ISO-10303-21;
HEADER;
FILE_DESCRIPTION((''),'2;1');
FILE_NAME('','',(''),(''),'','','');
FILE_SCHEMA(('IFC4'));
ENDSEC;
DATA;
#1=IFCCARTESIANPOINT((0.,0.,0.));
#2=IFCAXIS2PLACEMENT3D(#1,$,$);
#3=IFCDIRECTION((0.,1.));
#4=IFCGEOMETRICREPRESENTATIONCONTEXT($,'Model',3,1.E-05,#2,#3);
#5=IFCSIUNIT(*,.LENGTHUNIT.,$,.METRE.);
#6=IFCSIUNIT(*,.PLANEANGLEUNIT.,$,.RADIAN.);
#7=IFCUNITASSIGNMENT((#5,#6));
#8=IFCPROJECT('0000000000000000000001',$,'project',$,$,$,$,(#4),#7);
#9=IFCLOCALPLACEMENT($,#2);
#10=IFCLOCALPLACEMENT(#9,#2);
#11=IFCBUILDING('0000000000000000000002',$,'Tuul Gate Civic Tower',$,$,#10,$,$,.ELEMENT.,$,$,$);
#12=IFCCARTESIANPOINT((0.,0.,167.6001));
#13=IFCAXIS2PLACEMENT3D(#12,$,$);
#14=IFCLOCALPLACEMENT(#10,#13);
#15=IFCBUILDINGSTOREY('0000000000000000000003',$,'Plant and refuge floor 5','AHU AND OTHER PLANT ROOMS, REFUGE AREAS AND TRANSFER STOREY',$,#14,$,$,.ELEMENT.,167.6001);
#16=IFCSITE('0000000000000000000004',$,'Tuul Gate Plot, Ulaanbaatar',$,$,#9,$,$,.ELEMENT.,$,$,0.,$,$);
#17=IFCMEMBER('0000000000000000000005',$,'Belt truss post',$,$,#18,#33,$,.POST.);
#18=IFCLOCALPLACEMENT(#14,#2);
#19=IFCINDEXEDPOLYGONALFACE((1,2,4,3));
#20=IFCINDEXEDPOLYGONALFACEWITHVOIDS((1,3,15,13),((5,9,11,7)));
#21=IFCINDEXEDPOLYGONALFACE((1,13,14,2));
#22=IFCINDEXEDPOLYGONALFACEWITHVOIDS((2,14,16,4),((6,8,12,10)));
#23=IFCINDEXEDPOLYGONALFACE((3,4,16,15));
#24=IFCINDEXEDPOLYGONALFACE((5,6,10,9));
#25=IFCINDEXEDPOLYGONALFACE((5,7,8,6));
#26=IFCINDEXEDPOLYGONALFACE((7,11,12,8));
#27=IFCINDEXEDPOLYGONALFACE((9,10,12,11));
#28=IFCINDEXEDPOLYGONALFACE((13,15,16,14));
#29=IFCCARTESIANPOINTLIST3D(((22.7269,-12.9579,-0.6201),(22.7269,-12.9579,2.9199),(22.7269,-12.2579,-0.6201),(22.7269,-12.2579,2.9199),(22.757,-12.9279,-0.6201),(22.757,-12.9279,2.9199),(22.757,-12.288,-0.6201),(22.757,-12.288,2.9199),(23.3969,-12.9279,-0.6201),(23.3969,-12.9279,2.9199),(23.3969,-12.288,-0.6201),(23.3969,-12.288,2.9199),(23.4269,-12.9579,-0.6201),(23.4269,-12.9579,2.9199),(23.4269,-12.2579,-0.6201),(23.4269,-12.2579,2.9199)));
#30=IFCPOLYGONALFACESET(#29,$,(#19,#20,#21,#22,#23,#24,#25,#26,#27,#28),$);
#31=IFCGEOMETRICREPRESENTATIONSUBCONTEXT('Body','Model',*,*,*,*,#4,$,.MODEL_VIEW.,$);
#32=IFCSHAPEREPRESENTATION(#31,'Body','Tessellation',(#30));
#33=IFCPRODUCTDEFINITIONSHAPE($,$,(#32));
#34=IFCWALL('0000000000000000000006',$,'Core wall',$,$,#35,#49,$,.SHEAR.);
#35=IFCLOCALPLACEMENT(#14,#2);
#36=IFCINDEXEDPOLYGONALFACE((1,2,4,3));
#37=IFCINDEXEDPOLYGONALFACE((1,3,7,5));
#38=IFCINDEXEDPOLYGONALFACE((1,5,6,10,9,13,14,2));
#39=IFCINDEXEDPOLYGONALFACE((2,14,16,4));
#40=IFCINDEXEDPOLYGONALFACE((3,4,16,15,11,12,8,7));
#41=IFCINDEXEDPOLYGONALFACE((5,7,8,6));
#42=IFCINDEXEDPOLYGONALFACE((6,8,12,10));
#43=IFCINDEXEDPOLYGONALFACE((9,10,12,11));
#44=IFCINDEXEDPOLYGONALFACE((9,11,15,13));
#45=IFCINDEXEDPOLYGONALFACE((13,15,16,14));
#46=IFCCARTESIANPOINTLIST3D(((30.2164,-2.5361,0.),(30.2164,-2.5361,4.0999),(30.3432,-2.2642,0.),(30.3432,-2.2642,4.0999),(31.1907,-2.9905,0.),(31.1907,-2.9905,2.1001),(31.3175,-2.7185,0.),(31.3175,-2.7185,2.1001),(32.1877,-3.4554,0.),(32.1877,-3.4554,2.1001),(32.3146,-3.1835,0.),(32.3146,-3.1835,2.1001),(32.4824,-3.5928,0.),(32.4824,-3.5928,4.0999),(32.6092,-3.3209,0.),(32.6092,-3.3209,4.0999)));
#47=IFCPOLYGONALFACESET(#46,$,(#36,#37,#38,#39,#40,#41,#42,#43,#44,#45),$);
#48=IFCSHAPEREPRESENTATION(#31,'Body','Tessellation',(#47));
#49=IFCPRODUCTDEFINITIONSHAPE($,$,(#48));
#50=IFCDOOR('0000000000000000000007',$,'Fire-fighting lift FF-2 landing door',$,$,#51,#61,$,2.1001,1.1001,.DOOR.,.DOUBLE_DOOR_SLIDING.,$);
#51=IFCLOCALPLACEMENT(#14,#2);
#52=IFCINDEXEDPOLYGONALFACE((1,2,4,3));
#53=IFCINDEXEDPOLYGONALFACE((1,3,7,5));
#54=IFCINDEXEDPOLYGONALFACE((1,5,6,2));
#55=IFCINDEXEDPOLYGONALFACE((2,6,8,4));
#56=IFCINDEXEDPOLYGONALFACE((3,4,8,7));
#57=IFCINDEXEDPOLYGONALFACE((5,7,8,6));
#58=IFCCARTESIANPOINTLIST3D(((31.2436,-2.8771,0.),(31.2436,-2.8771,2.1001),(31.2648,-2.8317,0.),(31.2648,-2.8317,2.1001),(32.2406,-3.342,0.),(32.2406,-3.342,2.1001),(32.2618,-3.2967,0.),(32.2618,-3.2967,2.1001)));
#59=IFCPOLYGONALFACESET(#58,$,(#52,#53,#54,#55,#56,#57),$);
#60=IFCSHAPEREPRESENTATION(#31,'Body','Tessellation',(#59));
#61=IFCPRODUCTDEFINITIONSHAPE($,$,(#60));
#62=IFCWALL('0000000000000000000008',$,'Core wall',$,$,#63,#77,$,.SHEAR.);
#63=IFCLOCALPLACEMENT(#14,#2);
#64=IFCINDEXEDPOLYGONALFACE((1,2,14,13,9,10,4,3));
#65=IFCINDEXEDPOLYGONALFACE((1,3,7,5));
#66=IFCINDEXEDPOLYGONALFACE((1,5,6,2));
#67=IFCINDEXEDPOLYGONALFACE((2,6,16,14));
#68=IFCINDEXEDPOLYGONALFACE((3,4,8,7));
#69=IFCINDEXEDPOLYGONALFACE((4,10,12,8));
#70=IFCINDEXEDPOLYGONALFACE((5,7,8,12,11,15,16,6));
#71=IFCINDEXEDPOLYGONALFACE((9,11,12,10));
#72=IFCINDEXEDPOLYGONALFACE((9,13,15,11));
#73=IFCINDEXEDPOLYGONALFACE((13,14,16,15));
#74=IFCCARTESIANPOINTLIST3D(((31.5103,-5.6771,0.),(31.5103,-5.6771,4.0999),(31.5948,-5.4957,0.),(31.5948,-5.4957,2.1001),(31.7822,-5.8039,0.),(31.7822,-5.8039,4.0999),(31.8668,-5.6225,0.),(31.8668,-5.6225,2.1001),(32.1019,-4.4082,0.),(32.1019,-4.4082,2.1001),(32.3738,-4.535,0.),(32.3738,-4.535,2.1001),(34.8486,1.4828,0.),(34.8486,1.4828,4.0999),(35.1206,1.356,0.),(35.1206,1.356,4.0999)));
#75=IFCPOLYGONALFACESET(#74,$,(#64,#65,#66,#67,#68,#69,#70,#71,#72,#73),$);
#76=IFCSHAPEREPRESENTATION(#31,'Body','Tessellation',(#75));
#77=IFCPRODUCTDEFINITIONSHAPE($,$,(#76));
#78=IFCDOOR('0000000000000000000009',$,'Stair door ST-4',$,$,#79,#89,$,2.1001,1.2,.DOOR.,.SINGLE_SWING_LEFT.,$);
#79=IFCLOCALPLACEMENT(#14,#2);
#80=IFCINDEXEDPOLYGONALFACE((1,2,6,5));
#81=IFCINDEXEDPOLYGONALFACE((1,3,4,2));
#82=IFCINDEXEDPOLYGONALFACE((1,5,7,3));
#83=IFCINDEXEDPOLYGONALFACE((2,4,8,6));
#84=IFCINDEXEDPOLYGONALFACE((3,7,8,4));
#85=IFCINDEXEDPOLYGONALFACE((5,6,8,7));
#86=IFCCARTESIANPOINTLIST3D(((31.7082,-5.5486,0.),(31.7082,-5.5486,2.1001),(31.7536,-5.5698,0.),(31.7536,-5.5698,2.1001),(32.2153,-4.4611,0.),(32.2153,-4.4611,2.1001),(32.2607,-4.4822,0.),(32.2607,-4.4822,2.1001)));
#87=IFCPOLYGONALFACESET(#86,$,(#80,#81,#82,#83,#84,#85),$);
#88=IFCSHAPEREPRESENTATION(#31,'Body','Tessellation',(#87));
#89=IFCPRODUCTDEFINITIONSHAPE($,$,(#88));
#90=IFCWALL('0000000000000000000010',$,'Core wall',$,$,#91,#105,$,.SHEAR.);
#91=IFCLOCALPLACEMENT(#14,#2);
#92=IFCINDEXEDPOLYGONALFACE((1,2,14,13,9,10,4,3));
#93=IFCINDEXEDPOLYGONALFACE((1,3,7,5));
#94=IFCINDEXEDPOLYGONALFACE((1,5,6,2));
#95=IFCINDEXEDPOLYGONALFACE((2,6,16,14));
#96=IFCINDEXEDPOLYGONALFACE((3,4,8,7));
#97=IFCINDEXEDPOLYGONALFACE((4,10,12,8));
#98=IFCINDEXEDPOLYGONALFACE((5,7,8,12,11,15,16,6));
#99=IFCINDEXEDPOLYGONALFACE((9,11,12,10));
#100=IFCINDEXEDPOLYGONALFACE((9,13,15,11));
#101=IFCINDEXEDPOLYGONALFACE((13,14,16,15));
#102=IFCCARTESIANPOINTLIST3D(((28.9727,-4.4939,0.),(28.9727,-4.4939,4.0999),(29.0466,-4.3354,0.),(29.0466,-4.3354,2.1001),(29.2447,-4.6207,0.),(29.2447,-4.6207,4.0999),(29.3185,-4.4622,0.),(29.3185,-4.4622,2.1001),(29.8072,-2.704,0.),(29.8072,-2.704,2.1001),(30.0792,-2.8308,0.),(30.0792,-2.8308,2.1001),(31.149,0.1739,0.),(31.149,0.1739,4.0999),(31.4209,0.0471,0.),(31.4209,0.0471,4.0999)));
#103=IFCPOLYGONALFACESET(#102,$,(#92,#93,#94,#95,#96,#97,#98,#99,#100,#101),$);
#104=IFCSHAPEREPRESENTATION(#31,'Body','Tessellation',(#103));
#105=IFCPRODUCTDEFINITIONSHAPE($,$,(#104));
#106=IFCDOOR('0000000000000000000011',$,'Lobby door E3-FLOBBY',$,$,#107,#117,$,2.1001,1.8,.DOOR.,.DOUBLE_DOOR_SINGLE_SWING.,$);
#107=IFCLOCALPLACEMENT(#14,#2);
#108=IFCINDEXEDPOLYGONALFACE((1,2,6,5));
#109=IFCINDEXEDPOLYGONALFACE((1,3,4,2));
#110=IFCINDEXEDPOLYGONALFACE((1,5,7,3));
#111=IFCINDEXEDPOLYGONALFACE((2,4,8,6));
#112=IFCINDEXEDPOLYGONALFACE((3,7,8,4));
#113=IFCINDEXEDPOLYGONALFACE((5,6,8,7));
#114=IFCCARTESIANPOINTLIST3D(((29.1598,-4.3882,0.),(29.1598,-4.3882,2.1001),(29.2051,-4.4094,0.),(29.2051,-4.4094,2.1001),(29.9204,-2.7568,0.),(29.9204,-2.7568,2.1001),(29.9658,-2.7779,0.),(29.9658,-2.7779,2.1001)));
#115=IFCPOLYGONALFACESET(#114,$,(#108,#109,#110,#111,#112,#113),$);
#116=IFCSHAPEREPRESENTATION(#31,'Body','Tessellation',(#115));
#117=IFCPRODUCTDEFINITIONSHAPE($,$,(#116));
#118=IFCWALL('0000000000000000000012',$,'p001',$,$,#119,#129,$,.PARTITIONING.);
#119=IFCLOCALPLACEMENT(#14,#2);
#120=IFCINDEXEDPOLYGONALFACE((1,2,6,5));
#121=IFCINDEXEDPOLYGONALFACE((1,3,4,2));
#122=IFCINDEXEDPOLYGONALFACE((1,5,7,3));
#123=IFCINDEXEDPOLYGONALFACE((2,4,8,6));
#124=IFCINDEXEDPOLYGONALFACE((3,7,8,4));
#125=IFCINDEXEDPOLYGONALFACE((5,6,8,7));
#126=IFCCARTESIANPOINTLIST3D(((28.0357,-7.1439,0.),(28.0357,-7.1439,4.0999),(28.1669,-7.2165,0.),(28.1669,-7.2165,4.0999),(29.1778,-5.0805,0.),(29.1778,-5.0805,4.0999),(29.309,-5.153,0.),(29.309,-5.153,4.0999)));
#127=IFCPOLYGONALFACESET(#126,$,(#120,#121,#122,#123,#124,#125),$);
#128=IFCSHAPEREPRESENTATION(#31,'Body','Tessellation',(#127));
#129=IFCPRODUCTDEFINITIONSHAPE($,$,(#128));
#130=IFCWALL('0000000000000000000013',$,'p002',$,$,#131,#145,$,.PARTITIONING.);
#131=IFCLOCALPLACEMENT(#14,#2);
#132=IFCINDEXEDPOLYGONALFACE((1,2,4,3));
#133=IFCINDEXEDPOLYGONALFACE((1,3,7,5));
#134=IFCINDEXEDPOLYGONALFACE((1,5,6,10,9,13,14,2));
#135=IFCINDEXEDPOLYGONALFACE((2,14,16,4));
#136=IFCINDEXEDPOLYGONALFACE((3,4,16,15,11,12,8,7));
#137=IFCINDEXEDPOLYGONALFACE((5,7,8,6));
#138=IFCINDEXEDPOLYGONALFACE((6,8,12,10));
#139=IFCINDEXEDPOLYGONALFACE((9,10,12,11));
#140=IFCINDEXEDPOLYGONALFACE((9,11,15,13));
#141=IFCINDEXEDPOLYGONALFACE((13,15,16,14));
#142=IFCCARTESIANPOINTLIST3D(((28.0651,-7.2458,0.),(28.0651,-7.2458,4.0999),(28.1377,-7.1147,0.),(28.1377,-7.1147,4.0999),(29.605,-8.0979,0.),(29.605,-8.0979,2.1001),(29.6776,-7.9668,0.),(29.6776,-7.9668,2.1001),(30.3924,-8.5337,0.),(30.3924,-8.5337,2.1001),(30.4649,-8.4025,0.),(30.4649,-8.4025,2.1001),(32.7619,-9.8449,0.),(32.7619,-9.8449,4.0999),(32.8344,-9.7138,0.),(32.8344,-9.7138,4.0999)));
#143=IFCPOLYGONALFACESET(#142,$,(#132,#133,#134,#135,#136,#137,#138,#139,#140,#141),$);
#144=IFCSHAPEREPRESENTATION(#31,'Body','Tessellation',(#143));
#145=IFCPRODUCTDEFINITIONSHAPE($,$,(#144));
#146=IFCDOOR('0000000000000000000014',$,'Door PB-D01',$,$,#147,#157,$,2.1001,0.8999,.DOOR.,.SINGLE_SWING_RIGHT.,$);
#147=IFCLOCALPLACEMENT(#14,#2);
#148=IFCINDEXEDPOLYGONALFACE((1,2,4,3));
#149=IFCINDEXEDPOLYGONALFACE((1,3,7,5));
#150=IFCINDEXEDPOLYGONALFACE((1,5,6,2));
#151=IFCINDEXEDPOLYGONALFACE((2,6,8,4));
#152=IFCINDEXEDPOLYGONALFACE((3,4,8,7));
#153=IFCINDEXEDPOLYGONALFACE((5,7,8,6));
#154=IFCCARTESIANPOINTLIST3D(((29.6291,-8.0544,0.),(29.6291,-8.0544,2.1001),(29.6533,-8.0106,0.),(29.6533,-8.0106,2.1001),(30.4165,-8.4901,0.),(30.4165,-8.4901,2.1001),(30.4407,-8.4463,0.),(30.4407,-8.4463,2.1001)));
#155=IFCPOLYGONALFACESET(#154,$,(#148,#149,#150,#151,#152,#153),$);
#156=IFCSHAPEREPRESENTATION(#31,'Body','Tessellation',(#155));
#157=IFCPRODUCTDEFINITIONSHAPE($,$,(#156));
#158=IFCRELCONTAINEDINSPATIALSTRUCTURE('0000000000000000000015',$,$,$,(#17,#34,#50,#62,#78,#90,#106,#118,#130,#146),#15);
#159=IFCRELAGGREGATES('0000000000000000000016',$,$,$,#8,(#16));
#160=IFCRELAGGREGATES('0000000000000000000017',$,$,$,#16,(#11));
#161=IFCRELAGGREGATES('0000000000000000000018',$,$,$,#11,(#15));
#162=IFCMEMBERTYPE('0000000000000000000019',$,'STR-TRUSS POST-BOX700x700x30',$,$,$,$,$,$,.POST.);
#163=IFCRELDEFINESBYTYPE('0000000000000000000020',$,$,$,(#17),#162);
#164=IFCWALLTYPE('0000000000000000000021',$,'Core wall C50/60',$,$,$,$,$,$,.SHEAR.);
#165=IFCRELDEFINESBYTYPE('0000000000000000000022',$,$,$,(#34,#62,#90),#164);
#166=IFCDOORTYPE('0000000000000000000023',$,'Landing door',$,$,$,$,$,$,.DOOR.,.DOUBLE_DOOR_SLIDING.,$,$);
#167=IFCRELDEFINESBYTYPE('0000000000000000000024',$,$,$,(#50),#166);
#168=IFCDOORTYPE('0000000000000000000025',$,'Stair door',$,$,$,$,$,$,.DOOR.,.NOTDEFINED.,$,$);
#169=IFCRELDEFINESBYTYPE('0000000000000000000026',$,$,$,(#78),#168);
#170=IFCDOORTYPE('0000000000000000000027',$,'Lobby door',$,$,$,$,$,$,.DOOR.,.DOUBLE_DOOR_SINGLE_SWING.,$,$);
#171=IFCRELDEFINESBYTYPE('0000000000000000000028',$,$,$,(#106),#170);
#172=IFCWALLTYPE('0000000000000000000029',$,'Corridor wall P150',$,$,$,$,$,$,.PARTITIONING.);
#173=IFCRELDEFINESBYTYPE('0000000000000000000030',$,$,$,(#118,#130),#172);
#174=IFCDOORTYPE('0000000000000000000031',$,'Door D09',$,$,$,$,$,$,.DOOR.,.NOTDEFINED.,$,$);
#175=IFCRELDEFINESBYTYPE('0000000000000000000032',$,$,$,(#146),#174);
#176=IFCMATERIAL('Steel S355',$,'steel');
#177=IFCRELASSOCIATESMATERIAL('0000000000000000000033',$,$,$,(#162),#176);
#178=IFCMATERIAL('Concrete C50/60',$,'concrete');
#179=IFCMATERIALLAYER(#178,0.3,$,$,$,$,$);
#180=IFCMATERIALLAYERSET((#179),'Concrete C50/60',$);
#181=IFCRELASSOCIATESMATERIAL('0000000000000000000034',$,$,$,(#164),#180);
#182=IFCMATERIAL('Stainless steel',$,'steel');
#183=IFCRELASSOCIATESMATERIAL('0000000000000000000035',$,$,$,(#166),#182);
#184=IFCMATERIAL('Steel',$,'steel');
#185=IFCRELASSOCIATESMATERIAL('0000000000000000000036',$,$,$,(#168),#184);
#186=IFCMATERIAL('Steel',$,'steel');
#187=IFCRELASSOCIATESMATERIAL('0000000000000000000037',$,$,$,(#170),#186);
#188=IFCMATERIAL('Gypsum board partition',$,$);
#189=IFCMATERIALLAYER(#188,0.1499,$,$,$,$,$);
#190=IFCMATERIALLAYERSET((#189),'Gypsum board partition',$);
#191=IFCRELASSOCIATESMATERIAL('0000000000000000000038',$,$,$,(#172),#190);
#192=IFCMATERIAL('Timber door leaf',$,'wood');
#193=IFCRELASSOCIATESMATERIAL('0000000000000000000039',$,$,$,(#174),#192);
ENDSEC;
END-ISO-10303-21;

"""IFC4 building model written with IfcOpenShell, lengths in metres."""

from ifc_helpers import new_model, si_unit, direction, frame, frame_2d, origin, origin_2d, place, context, subcontext, project, spatial, rectangle, hollow_rectangle, extrude, material, layer, layer_set, material_profile, profile_set, type_object, element, fill, save


model = new_model("IFC4")

# Units and contexts
model_context = context("Model", 3, precision=1e-05, world=origin(), true_north=direction((0.0, 1.0)))
body_context = subcontext(model_context, "Body", "Model", "MODEL_VIEW")
ifc_project = project(units=[si_unit("LENGTHUNIT", "METRE"), si_unit("PLANEANGLEUNIT", "RADIAN")], contexts=[model_context])

# Site, building, storey
site_placement = place(None, origin())
site = spatial("IfcSite", under=ifc_project, at=site_placement, Name="Tuul Gate Plot, Ulaanbaatar", CompositionType="ELEMENT", RefElevation=0.0)
building_placement = place(site_placement, origin())
building = spatial("IfcBuilding", under=site, at=building_placement, Name="Tuul Gate Civic Tower", CompositionType="ELEMENT")
storey_placement = place(building_placement, frame((0.0, 0.0, 167.6001)))
storey = spatial("IfcBuildingStorey", under=building, at=storey_placement, Name="Plant and refuge floor 5", Description="AHU AND OTHER PLANT ROOMS, REFUGE AREAS AND TRANSFER STOREY", CompositionType="ELEMENT", Elevation=167.6001)

# Member
ifc_material_1 = material(Name="Steel S355", Category="steel")
ifc_material_profile_1 = material_profile(ifc_material_1, hollow_rectangle(XDim=0.7, YDim=0.7, WallThickness=0.03, at=origin_2d()), Name="BOX700x700x30")
ifc_profile_set_1 = profile_set([ifc_material_profile_1], Name="Steel S355")
member_type_1 = type_object("IfcMemberType", Name="STR-TRUSS POST-BOX700x700x30", PredefinedType="POST", material=ifc_profile_set_1)
member_1_placement = place(storey_placement, frame((23.0769, -12.6079, -0.6201), z_axis=(0.0, 0.0, 1.0), x_axis=(1.0, 0.0, 0.0)))
element("IfcMember", 1, at=member_1_placement, inside=storey, type_object=member_type_1, Name="Belt truss post", PredefinedType="POST", context=body_context, shape_type="SweptSolid", body=[
    extrude(hollow_rectangle(XDim=0.7, YDim=0.7, WallThickness=0.03, at=origin_2d()), origin(), (0.0, 0.0, 1.0), 3.54),
])

# Walls, openings, doors
ifc_material_2 = material(Name="Concrete C50/60", Category="concrete")
ifc_layer_1 = layer(ifc_material_2, 0.3)
ifc_layer_set_1 = layer_set([ifc_layer_1], Name="Concrete C50/60")
wall_type_1 = type_object("IfcWallType", Name="Core wall C50/60", PredefinedType="SHEAR", material=ifc_layer_set_1)
wall_1_placement = place(storey_placement, frame((32.5457, -3.4568, 0.0), z_axis=(0.0, 0.0, 1.0), x_axis=(-0.9063, 0.422634, 0.0)))
wall_1 = element("IfcWall", 2, at=wall_1_placement, inside=storey, type_object=wall_type_1, Name="Core wall", PredefinedType="SHEAR", context=body_context, shape_type="SweptSolid", body=[
    extrude(rectangle(XDim=2.5002, YDim=0.3, at=frame_2d((1.25, 0.0))), origin(), (0.0, 0.0, 1.0), 4.0999),
])
opening_1_placement = place(wall_1_placement, frame((0.325, 0.0, 0.0)))
opening_1 = element("IfcOpeningElement", 3, at=opening_1_placement, cuts=wall_1, PredefinedType="OPENING", context=body_context, shape_type="SweptSolid", body=[
    extrude(rectangle(XDim=1.1001, YDim=2.1001, at=frame_2d((0.55, 1.05))), frame((0.0, 0.1602, 0.0), z_axis=(0.0, -1.0, 0.0), x_axis=(1.0, 0.0, 0.0)), (0.0, 0.0, 1.0), 0.3201),
])
ifc_material_3 = material(Name="Stainless steel", Category="steel")
door_type_1 = type_object("IfcDoorType", Name="Landing door", OperationType="DOUBLE_DOOR_SLIDING", PredefinedType="DOOR", material=ifc_material_3)
door_1_placement = place(opening_1_placement, origin())
door_1 = element("IfcDoor", 4, at=door_1_placement, inside=storey, type_object=door_type_1, Name="Fire-fighting lift FF-2 landing door", OperationType="DOUBLE_DOOR_SLIDING", OverallHeight=2.1001, OverallWidth=1.1001, PredefinedType="DOOR", context=body_context, shape_type="SweptSolid", body=[
    extrude(rectangle(XDim=1.1001, YDim=2.1001, at=frame_2d((0.55, 1.05))), frame((0.0, 0.0249, 0.0), z_axis=(0.0, -1.0, 0.0), x_axis=(1.0, 0.0, 0.0)), (0.0, 0.0, 1.0), 0.05),
])
fill(opening_1, door_1)
wall_2_placement = place(storey_placement, frame((31.6462, -5.7405, 0.0), z_axis=(0.0, 0.0, 1.0), x_axis=(0.422583, 0.906324, 0.0)))
wall_2 = element("IfcWall", 5, at=wall_2_placement, inside=storey, type_object=wall_type_1, Name="Core wall", PredefinedType="SHEAR", context=body_context, shape_type="SweptSolid", body=[
    extrude(rectangle(XDim=7.8999, YDim=0.3, at=frame_2d((3.95, 0.0))), origin(), (0.0, 0.0, 1.0), 4.0999),
])
opening_2_placement = place(wall_2_placement, frame((0.2, 0.0, 0.0)))
opening_2 = element("IfcOpeningElement", 6, at=opening_2_placement, cuts=wall_2, PredefinedType="OPENING", context=body_context, shape_type="SweptSolid", body=[
    extrude(rectangle(XDim=1.2, YDim=2.1001, at=frame_2d((0.6001, 1.05))), frame((0.0, 0.1602, 0.0), z_axis=(0.0, -1.0, 0.0), x_axis=(1.0, 0.0, 0.0)), (0.0, 0.0, 1.0), 0.3201),
])
ifc_material_4 = material(Name="Steel", Category="steel")
door_type_2 = type_object("IfcDoorType", Name="Stair door", OperationType="NOTDEFINED", PredefinedType="DOOR", material=ifc_material_4)
door_2_placement = place(opening_2_placement, origin())
door_2 = element("IfcDoor", 7, at=door_2_placement, inside=storey, type_object=door_type_2, Name="Stair door ST-4", OperationType="SINGLE_SWING_LEFT", OverallHeight=2.1001, OverallWidth=1.2, PredefinedType="DOOR", context=body_context, shape_type="SweptSolid", body=[
    extrude(rectangle(XDim=1.2, YDim=2.1001, at=frame_2d((0.6001, 1.05))), frame((0.0, 0.0249, 0.0), z_axis=(0.0, -1.0, 0.0), x_axis=(1.0, 0.0, 0.0)), (0.0, 0.0, 1.0), 0.05),
])
fill(opening_2, door_2)
wall_3_placement = place(storey_placement, frame((29.1086, -4.5574, 0.0), z_axis=(0.0, 0.0, 1.0), x_axis=(0.422566, 0.906332, 0.0)))
wall_3 = element("IfcWall", 8, at=wall_3_placement, inside=storey, type_object=wall_type_1, Name="Core wall", PredefinedType="SHEAR", context=body_context, shape_type="SweptSolid", body=[
    extrude(rectangle(XDim=5.1501, YDim=0.3, at=frame_2d((2.5752, 0.0))), origin(), (0.0, 0.0, 1.0), 4.0999),
])
opening_3_placement = place(wall_3_placement, frame((0.175, 0.0, 0.0)))
opening_3 = element("IfcOpeningElement", 9, at=opening_3_placement, cuts=wall_3, PredefinedType="OPENING", context=body_context, shape_type="SweptSolid", body=[
    extrude(rectangle(XDim=1.8, YDim=2.1001, at=frame_2d((0.8999, 1.05))), frame((0.0, 0.1602, 0.0), z_axis=(0.0, -1.0, 0.0), x_axis=(1.0, 0.0, 0.0)), (0.0, 0.0, 1.0), 0.3201),
])
ifc_material_5 = material(Name="Steel", Category="steel")
door_type_3 = type_object("IfcDoorType", Name="Lobby door", OperationType="DOUBLE_DOOR_SINGLE_SWING", PredefinedType="DOOR", material=ifc_material_5)
door_3_placement = place(opening_3_placement, frame((1.8, 0.0, 0.0), z_axis=(0.0, 0.0, 1.0), x_axis=(-1.0, 0.0, 0.0)))
door_3 = element("IfcDoor", 10, at=door_3_placement, inside=storey, type_object=door_type_3, Name="Lobby door E3-FLOBBY", OperationType="DOUBLE_DOOR_SINGLE_SWING", OverallHeight=2.1001, OverallWidth=1.8, PredefinedType="DOOR", context=body_context, shape_type="SweptSolid", body=[
    extrude(rectangle(XDim=1.8, YDim=2.1001, at=frame_2d((0.9001, 1.05))), frame((0.0, 0.0249, 0.0), z_axis=(0.0, -1.0, 0.0), x_axis=(1.0, 0.0, 0.0)), (0.0, 0.0, 1.0), 0.05),
])
fill(opening_3, door_3)

# Wall
ifc_material_6 = material(Name="Gypsum board partition")
ifc_layer_2 = layer(ifc_material_6, 0.1499)
ifc_layer_set_2 = layer_set([ifc_layer_2], Name="Gypsum board partition")
wall_type_2 = type_object("IfcWallType", Name="Corridor wall P150", PredefinedType="PARTITIONING", material=ifc_layer_set_2)
wall_4_placement = place(storey_placement, frame((28.1013, -7.1802, 0.0), z_axis=(0.0, 0.0, 1.0), x_axis=(0.484254, 0.874928, 0.0)))
element("IfcWall", 11, at=wall_4_placement, inside=storey, type_object=wall_type_2, Name="p001", PredefinedType="PARTITIONING", context=body_context, shape_type="SweptSolid", body=[
    extrude(rectangle(XDim=2.3584, YDim=0.1499, at=frame_2d((1.1792, 0.0))), origin(), (0.0, 0.0, 1.0), 4.0999),
])

# Wall, opening, door
wall_5_placement = place(storey_placement, frame((28.1013, -7.1802, 0.0), z_axis=(0.0, 0.0, 1.0), x_axis=(0.874963, -0.48419, 0.0)))
wall_5 = element("IfcWall", 12, at=wall_5_placement, inside=storey, type_object=wall_type_2, Name="p002", PredefinedType="PARTITIONING", context=body_context, shape_type="SweptSolid", body=[
    extrude(rectangle(XDim=5.3679, YDim=0.1499, at=frame_2d((2.6841, 0.0))), origin(), (0.0, 0.0, 1.0), 4.0999),
])
opening_4_placement = place(wall_5_placement, frame((1.76, 0.0, 0.0)))
opening_4 = element("IfcOpeningElement", 13, at=opening_4_placement, cuts=wall_5, PredefinedType="OPENING", context=body_context, shape_type="SweptSolid", body=[
    extrude(rectangle(XDim=0.8999, YDim=2.1001, at=frame_2d((0.45, 1.05))), frame((0.0, 0.085, 0.0), z_axis=(0.0, -1.0, 0.0), x_axis=(1.0, 0.0, 0.0)), (0.0, 0.0, 1.0), 0.1699),
])
ifc_material_7 = material(Name="Timber door leaf", Category="wood")
door_type_4 = type_object("IfcDoorType", Name="Door D09", OperationType="NOTDEFINED", PredefinedType="DOOR", material=ifc_material_7)
door_4_placement = place(opening_4_placement, origin())
door_4 = element("IfcDoor", 14, at=door_4_placement, inside=storey, type_object=door_type_4, Name="Door PB-D01", OperationType="SINGLE_SWING_RIGHT", OverallHeight=2.1001, OverallWidth=0.8999, PredefinedType="DOOR", context=body_context, shape_type="SweptSolid", body=[
    extrude(rectangle(XDim=0.8999, YDim=2.1001, at=frame_2d((0.45, 1.05))), frame((0.0, 0.0249, 0.0), z_axis=(0.0, -1.0, 0.0), x_axis=(1.0, 0.0, 0.0)), (0.0, 0.0, 1.0), 0.05),
])
fill(opening_4, door_4)

save(model, "model.ifc")
